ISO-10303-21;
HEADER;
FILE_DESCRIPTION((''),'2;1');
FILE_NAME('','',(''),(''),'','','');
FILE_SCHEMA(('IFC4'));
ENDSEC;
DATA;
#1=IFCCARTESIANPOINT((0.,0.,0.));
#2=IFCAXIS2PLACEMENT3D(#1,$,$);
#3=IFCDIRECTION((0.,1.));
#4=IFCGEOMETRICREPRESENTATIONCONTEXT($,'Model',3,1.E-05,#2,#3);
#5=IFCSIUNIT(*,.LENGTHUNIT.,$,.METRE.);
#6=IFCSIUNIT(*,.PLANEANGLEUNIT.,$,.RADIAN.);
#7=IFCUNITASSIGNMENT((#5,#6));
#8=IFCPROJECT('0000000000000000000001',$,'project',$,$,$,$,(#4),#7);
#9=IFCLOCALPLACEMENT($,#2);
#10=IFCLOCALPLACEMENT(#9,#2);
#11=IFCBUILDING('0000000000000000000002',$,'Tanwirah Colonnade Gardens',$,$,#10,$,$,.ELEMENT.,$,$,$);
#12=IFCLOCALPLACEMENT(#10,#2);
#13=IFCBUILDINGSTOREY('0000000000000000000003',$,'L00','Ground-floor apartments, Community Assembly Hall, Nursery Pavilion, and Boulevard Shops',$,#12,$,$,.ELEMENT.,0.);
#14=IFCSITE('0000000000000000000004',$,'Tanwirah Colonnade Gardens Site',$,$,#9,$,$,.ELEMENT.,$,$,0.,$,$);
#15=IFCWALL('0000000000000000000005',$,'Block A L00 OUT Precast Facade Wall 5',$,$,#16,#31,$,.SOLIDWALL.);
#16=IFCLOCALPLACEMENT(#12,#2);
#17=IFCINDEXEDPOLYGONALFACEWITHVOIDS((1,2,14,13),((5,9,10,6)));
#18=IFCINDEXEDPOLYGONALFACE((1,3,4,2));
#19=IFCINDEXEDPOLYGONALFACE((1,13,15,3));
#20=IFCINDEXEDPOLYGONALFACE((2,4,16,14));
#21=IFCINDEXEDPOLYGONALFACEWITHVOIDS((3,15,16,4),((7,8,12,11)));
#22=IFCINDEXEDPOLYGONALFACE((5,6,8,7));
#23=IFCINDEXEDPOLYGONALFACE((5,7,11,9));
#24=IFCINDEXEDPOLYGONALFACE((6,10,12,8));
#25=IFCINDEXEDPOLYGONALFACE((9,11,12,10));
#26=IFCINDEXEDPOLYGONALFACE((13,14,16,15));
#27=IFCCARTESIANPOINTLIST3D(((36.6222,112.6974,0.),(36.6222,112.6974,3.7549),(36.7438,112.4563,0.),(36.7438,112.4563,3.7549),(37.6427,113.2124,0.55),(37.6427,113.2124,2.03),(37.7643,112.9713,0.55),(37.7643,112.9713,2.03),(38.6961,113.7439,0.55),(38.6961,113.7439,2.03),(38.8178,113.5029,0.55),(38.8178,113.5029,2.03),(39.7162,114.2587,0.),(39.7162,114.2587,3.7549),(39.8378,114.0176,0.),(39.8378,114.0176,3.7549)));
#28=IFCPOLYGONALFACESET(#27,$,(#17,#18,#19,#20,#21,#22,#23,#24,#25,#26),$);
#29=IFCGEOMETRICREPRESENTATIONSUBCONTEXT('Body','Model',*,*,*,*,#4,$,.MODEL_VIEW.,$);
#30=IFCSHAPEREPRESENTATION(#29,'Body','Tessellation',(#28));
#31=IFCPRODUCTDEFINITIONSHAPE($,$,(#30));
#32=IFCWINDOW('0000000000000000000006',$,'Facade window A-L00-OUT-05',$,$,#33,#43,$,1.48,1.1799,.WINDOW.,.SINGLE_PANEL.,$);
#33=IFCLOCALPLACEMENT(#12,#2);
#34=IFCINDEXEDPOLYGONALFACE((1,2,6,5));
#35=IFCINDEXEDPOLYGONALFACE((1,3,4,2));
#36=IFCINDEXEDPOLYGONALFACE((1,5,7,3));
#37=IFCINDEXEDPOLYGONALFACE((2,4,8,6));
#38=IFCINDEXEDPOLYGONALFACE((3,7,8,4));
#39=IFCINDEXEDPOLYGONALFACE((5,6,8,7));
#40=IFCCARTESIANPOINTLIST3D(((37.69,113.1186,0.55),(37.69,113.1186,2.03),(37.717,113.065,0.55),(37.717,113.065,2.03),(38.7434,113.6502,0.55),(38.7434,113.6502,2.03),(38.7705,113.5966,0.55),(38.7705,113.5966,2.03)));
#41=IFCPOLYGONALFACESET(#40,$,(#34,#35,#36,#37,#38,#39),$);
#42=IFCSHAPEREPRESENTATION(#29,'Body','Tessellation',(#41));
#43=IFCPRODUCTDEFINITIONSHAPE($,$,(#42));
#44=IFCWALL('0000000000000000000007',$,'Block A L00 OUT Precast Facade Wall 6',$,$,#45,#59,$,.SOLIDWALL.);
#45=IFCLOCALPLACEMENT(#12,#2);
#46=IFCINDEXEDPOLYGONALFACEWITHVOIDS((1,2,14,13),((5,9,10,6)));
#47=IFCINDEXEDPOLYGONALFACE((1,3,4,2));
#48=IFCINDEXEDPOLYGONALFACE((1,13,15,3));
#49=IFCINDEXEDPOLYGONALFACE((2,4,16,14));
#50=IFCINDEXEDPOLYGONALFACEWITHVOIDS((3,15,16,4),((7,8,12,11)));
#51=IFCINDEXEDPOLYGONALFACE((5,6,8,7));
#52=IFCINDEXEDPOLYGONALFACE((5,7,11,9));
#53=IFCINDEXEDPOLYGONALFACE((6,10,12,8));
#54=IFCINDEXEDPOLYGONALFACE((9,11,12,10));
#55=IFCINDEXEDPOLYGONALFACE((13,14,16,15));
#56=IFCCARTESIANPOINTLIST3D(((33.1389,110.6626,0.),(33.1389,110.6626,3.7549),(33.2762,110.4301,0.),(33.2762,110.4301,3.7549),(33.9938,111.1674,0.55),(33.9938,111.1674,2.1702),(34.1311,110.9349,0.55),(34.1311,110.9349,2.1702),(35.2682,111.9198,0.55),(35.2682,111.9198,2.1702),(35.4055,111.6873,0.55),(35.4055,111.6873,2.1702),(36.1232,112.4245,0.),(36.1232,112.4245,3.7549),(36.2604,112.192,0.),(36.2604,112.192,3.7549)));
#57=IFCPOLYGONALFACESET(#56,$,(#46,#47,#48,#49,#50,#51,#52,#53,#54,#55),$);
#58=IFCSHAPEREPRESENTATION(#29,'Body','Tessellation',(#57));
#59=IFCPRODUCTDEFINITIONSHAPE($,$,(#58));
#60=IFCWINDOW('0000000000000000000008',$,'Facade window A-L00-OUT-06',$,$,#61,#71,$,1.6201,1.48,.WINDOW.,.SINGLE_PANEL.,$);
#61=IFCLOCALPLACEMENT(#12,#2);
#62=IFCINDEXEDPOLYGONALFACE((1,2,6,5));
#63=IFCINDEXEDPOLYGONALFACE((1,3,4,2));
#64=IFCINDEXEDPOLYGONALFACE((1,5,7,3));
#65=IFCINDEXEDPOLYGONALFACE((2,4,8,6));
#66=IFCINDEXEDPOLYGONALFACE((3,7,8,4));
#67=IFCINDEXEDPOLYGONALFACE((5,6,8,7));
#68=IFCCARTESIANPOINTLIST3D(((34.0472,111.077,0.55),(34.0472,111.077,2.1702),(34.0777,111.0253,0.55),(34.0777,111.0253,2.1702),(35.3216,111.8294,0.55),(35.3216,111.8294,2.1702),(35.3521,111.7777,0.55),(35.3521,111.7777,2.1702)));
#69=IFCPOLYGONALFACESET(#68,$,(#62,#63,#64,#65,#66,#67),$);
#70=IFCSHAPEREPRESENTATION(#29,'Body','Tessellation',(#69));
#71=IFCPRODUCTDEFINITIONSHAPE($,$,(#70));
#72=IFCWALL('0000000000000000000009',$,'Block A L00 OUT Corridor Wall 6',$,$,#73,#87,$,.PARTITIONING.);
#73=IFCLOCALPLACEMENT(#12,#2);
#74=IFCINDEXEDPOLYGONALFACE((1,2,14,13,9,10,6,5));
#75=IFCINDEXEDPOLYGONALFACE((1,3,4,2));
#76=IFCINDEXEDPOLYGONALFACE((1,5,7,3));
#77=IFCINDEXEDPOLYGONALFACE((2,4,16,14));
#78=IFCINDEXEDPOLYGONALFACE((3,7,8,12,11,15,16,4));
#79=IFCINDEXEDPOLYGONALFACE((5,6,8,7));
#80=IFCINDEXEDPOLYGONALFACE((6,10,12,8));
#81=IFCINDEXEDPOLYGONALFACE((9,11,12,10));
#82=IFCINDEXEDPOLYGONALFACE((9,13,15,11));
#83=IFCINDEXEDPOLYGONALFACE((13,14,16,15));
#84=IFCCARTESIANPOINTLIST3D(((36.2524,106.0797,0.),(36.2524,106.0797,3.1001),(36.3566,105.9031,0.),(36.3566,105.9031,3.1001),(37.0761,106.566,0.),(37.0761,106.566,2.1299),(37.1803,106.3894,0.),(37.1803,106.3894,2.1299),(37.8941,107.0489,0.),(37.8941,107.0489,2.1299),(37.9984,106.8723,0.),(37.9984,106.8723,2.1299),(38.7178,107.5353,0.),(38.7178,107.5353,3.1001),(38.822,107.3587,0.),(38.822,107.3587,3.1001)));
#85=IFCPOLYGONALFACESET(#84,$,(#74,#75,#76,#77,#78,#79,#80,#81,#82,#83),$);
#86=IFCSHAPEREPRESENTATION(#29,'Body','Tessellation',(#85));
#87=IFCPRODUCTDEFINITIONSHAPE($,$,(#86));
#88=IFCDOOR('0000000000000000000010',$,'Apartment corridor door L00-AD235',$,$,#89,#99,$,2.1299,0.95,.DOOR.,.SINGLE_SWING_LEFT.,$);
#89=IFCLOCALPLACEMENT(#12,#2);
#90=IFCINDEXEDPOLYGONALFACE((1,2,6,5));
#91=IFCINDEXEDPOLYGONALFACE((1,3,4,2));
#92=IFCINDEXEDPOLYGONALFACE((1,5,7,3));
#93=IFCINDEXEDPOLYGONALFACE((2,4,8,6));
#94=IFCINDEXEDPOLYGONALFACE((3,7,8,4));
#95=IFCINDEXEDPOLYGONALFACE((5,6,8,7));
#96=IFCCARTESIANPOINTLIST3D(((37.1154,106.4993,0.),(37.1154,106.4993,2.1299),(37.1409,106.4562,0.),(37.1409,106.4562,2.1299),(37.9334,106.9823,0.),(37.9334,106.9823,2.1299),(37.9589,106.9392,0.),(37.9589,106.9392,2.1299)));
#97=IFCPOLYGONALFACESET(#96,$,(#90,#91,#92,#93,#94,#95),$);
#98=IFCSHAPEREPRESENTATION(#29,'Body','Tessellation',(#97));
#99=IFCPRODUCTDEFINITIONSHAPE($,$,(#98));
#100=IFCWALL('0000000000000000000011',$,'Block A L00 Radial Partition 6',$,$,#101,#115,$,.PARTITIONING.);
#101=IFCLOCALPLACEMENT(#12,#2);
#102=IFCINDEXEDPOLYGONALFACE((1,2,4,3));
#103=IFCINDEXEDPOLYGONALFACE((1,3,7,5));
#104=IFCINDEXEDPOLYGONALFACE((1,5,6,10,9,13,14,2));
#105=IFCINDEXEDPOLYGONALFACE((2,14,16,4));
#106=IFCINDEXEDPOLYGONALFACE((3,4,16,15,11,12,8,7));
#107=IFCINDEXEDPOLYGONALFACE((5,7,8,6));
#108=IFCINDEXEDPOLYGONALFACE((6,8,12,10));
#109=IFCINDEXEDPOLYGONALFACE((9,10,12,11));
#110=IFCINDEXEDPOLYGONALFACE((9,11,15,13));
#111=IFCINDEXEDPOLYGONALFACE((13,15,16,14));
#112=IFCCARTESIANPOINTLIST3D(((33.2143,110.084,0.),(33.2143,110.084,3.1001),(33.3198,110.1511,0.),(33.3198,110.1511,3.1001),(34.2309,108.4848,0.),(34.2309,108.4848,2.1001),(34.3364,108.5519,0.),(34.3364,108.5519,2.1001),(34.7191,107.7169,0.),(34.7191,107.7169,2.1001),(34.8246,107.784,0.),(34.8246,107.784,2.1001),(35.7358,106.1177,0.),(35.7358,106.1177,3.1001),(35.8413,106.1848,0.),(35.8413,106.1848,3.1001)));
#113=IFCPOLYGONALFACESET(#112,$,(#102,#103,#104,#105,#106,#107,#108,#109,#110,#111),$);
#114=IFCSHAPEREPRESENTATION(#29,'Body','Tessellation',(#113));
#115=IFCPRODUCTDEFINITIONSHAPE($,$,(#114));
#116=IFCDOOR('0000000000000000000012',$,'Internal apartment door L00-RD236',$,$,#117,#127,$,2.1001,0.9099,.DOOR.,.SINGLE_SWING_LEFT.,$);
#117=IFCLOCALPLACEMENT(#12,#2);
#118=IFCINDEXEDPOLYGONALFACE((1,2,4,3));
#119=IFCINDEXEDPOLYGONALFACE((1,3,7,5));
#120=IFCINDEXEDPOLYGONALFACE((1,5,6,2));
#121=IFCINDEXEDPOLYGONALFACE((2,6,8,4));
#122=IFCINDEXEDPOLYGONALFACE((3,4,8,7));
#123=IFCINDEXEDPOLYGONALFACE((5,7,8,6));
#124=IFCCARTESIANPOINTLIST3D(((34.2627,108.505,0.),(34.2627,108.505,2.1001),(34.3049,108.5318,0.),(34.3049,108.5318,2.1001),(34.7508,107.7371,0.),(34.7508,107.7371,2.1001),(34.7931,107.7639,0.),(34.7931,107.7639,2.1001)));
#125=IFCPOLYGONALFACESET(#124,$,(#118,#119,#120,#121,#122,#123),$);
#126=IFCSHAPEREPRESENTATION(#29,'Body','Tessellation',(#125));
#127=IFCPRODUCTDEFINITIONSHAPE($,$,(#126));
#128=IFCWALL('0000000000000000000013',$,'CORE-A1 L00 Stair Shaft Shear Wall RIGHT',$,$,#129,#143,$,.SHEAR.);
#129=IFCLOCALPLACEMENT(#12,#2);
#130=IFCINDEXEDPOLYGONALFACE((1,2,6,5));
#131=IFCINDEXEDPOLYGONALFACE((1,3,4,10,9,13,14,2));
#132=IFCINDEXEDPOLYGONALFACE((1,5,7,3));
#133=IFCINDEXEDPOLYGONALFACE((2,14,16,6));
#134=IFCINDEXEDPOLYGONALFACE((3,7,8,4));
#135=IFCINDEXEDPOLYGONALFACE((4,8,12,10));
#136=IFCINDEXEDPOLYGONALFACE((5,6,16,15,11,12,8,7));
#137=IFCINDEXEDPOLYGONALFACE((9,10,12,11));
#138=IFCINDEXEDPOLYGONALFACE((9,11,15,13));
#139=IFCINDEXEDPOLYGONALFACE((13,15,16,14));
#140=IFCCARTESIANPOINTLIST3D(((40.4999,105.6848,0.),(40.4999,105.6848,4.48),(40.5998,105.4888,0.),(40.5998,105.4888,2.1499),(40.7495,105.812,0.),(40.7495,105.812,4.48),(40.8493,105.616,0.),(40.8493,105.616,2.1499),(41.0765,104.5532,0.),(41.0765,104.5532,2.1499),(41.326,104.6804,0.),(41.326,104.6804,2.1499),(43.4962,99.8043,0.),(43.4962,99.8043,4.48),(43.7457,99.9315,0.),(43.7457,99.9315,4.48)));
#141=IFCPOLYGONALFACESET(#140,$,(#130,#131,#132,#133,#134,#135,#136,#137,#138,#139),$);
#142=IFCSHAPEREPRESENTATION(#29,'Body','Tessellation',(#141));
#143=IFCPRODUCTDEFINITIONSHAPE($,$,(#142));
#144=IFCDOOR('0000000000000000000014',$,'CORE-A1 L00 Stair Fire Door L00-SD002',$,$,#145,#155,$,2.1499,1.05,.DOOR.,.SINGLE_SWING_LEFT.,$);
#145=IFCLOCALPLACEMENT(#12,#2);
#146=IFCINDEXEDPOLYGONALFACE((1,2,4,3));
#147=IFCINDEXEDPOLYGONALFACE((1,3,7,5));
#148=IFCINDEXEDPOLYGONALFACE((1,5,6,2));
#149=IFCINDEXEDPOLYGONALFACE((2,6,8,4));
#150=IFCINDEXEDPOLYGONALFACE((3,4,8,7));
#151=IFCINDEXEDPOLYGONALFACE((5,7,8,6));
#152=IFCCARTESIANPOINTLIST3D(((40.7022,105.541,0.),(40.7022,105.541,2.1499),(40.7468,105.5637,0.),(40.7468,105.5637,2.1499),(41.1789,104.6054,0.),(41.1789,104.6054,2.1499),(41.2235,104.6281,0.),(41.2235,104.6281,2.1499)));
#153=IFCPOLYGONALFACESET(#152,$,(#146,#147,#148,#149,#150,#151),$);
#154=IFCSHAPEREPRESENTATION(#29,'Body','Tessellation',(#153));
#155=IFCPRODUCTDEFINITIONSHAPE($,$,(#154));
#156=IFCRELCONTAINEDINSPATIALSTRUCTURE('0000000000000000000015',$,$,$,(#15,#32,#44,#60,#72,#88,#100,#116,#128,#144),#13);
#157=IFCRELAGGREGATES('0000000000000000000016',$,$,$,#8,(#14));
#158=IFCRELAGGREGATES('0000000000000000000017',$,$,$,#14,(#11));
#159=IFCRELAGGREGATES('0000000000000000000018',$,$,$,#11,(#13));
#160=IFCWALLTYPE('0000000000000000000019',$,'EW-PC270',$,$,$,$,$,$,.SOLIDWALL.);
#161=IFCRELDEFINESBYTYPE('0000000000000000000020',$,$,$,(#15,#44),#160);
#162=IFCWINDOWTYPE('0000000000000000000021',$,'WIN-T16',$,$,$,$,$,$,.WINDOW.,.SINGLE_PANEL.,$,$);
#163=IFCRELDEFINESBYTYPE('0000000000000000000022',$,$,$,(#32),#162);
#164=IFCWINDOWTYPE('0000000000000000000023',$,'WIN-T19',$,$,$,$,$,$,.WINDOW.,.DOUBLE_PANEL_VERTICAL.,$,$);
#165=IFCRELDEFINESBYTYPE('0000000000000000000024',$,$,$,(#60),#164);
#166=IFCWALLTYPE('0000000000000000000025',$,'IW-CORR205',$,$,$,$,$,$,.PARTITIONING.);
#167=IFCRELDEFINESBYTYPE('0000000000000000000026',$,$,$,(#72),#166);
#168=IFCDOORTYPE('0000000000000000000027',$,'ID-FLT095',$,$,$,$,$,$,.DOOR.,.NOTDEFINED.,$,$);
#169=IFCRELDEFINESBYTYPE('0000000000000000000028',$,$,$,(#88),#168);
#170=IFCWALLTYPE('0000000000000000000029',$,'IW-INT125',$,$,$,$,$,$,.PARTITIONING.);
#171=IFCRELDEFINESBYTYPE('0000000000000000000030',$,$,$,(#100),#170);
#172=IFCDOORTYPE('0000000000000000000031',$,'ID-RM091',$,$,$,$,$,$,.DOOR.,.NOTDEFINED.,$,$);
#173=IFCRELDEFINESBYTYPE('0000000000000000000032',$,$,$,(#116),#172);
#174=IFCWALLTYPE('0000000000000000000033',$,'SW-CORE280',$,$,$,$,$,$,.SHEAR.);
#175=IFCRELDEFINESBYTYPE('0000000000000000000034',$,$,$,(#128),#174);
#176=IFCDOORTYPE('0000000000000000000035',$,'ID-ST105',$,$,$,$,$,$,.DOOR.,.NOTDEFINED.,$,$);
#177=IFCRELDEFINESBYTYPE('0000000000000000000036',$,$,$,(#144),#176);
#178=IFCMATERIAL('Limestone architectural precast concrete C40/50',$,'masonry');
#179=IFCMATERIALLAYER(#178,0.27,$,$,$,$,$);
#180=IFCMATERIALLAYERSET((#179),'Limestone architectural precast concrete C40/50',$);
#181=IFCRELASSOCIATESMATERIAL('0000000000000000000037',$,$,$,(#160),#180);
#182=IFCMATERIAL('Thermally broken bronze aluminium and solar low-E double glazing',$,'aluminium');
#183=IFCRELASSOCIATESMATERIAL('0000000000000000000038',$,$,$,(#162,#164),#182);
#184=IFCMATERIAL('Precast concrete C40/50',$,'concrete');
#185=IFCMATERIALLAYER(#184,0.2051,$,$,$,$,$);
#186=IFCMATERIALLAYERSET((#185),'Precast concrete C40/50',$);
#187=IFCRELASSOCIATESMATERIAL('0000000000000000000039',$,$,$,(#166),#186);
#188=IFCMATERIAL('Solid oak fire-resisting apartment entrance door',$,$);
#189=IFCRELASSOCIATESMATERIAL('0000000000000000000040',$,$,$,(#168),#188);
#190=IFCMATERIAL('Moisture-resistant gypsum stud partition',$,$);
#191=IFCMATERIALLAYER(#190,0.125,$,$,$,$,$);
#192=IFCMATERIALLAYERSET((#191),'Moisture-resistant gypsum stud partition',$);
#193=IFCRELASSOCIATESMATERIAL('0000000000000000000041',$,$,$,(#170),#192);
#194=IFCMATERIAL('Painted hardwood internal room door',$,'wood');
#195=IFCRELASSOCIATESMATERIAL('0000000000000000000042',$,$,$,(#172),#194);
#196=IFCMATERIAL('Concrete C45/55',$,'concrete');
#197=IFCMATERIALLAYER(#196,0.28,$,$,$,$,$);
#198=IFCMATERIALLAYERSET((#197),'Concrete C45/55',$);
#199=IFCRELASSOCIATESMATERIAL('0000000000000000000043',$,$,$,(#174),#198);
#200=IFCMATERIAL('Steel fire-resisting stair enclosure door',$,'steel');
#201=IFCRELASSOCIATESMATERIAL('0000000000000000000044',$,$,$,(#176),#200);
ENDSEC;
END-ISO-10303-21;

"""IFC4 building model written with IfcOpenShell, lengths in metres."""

from ifc_helpers import new_model, si_unit, direction, frame, frame_2d, origin, place, context, subcontext, project, spatial, rectangle, extrude, material, layer, layer_set, type_object, element, fill, save


model = new_model("IFC4")

# Units and contexts
model_context = context("Model", 3, precision=1e-05, world=origin(), true_north=direction((0.0, 1.0)))
body_context = subcontext(model_context, "Body", "Model", "MODEL_VIEW")
ifc_project = project(units=[si_unit("LENGTHUNIT", "METRE"), si_unit("PLANEANGLEUNIT", "RADIAN")], contexts=[model_context])

# Site, building, storey
site_placement = place(None, origin())
site = spatial("IfcSite", under=ifc_project, at=site_placement, Name="Tanwirah Colonnade Gardens Site", CompositionType="ELEMENT", RefElevation=0.0)
building_placement = place(site_placement, origin())
building = spatial("IfcBuilding", under=site, at=building_placement, Name="Tanwirah Colonnade Gardens", CompositionType="ELEMENT")
storey_placement = place(building_placement, origin())
storey = spatial("IfcBuildingStorey", under=building, at=storey_placement, Name="L00", Description="Ground-floor apartments, Community Assembly Hall, Nursery Pavilion, and Boulevard Shops", CompositionType="ELEMENT", Elevation=0.0)

# Shared definitions
ifc_material_1 = material(Name="Precast concrete C40/50", Category="concrete")

# Walls, openings, windows
ifc_material_2 = material(Name="Limestone architectural precast concrete C40/50", Category="masonry")
ifc_layer_1 = layer(ifc_material_2, 0.27)
ifc_layer_set_1 = layer_set([ifc_layer_1], Name="Limestone architectural precast concrete C40/50")
wall_type_1 = type_object("IfcWallType", Name="EW-PC270", PredefinedType="SOLIDWALL", material=ifc_layer_set_1)
wall_1_placement = place(storey_placement, frame((39.7771, 114.1382, 0.0), z_axis=(0.0, 0.0, 1.0), x_axis=(-0.892773, -0.450507, 0.0)))
wall_1 = element("IfcWall", 1, at=wall_1_placement, inside=storey, type_object=wall_type_1, Name="Block A L00 OUT Precast Facade Wall 5", PredefinedType="SOLIDWALL", context=body_context, shape_type="SweptSolid", body=[
    extrude(rectangle(XDim=3.4656, YDim=0.27, at=frame_2d((1.7329, 0.0))), origin(), (0.0, 0.0, 1.0), 3.7549),
])
opening_1_placement = place(wall_1_placement, frame((1.1428, 0.0, 0.55)))
opening_1 = element("IfcOpeningElement", 2, at=opening_1_placement, cuts=wall_1, PredefinedType="OPENING", context=body_context, shape_type="SweptSolid", body=[
    extrude(rectangle(XDim=1.1799, YDim=1.48, at=frame_2d((0.5898, 0.74))), frame((0.0, 0.145, 0.0), z_axis=(0.0, -1.0, 0.0), x_axis=(1.0, 0.0, 0.0)), (0.0, 0.0, 1.0), 0.29),
])
ifc_material_3 = material(Name="Thermally broken bronze aluminium and solar low-E double glazing", Category="aluminium")
window_type_1 = type_object("IfcWindowType", Name="WIN-T16", PartitioningType="SINGLE_PANEL", PredefinedType="WINDOW", material=ifc_material_3)
window_1_placement = place(opening_1_placement, origin())
window_1 = element("IfcWindow", 3, at=window_1_placement, inside=storey, type_object=window_type_1, Name="Facade window A-L00-OUT-05", OverallHeight=1.48, OverallWidth=1.1799, PartitioningType="SINGLE_PANEL", PredefinedType="WINDOW", context=body_context, shape_type="SweptSolid", body=[
    extrude(rectangle(XDim=1.1799, YDim=1.48, at=frame_2d((0.5898, 0.74))), frame((0.0, 0.03, 0.0), z_axis=(0.0, -1.0, 0.0), x_axis=(1.0, 0.0, 0.0)), (0.0, 0.0, 1.0), 0.0601),
])
fill(opening_1, window_1)
wall_2_placement = place(storey_placement, frame((36.1919, 112.3083, 0.0), z_axis=(0.0, 0.0, 1.0), x_axis=(-0.86112, -0.508402, 0.0)))
wall_2 = element("IfcWall", 4, at=wall_2_placement, inside=storey, type_object=wall_type_1, Name="Block A L00 OUT Precast Facade Wall 6", PredefinedType="SOLIDWALL", context=body_context, shape_type="SweptSolid", body=[
    extrude(rectangle(XDim=3.4656, YDim=0.27, at=frame_2d((1.7329, 0.0))), origin(), (0.0, 0.0, 1.0), 3.7549),
])
opening_2_placement = place(wall_2_placement, frame((0.9929, 0.0, 0.55)))
opening_2 = element("IfcOpeningElement", 5, at=opening_2_placement, cuts=wall_2, PredefinedType="OPENING", context=body_context, shape_type="SweptSolid", body=[
    extrude(rectangle(XDim=1.48, YDim=1.6201, at=frame_2d((0.74, 0.8101))), frame((0.0, 0.145, 0.0), z_axis=(0.0, -1.0, 0.0), x_axis=(1.0, 0.0, 0.0)), (0.0, 0.0, 1.0), 0.29),
])
window_type_2 = type_object("IfcWindowType", Name="WIN-T19", PartitioningType="DOUBLE_PANEL_VERTICAL", PredefinedType="WINDOW", material=ifc_material_3)
window_2_placement = place(opening_2_placement, origin())
window_2 = element("IfcWindow", 6, at=window_2_placement, inside=storey, type_object=window_type_2, Name="Facade window A-L00-OUT-06", OverallHeight=1.6201, OverallWidth=1.48, PartitioningType="SINGLE_PANEL", PredefinedType="WINDOW", context=body_context, shape_type="SweptSolid", body=[
    extrude(rectangle(XDim=1.48, YDim=1.6201, at=frame_2d((0.74, 0.8101))), frame((0.0, 0.03, 0.0), z_axis=(0.0, -1.0, 0.0), x_axis=(1.0, 0.0, 0.0)), (0.0, 0.0, 1.0), 0.0601),
])
fill(opening_2, window_2)

# Walls, openings, doors
ifc_layer_2 = layer(ifc_material_1, 0.2051)
ifc_layer_set_2 = layer_set([ifc_layer_2], Name="Precast concrete C40/50")
wall_type_2 = type_object("IfcWallType", Name="IW-CORR205", PredefinedType="PARTITIONING", material=ifc_layer_set_2)
wall_3_placement = place(storey_placement, frame((38.77, 107.447, 0.0), z_axis=(0.0, 0.0, 1.0), x_axis=(-0.861113, -0.508413, 0.0)))
wall_3 = element("IfcWall", 7, at=wall_3_placement, inside=storey, type_object=wall_type_2, Name="Block A L00 OUT Corridor Wall 6", PredefinedType="PARTITIONING", context=body_context, shape_type="SweptSolid", body=[
    extrude(rectangle(XDim=2.863, YDim=0.2051, at=frame_2d((1.4316, 0.0))), origin(), (0.0, 0.0, 1.0), 3.1001),
])
opening_3_placement = place(wall_3_placement, frame((0.9565, 0.0, 0.0)))
opening_3 = element("IfcOpeningElement", 8, at=opening_3_placement, cuts=wall_3, PredefinedType="OPENING", context=body_context, shape_type="SweptSolid", body=[
    extrude(rectangle(XDim=0.95, YDim=2.1299, at=frame_2d((0.4751, 1.0649))), frame((0.0, 0.1125, 0.0), z_axis=(0.0, -1.0, 0.0), x_axis=(1.0, 0.0, 0.0)), (0.0, 0.0, 1.0), 0.2251),
])
ifc_material_4 = material(Name="Solid oak fire-resisting apartment entrance door")
door_type_1 = type_object("IfcDoorType", Name="ID-FLT095", OperationType="NOTDEFINED", PredefinedType="DOOR", material=ifc_material_4)
door_1_placement = place(opening_3_placement, origin())
door_1 = element("IfcDoor", 9, at=door_1_placement, inside=storey, type_object=door_type_1, Name="Apartment corridor door L00-AD235", OperationType="SINGLE_SWING_LEFT", OverallHeight=2.1299, OverallWidth=0.95, PredefinedType="DOOR", context=body_context, shape_type="SweptSolid", body=[
    extrude(rectangle(XDim=0.95, YDim=2.1299, at=frame_2d((0.4751, 1.0649))), frame((0.0, 0.0249, 0.0), z_axis=(0.0, -1.0, 0.0), x_axis=(1.0, 0.0, 0.0)), (0.0, 0.0, 1.0), 0.05),
])
fill(opening_3, door_1)
ifc_material_5 = material(Name="Moisture-resistant gypsum stud partition")
ifc_layer_3 = layer(ifc_material_5, 0.125)
ifc_layer_set_3 = layer_set([ifc_layer_3], Name="Moisture-resistant gypsum stud partition")
wall_type_3 = type_object("IfcWallType", Name="IW-INT125", PredefinedType="PARTITIONING", material=ifc_layer_set_3)
wall_4_placement = place(storey_placement, frame((35.7886, 106.1511, 0.0), z_axis=(0.0, 0.0, 1.0), x_axis=(-0.536492, 0.843905, 0.0)))
wall_4 = element("IfcWall", 10, at=wall_4_placement, inside=storey, type_object=wall_type_3, Name="Block A L00 Radial Partition 6", PredefinedType="PARTITIONING", context=body_context, shape_type="SweptSolid", body=[
    extrude(rectangle(XDim=4.7, YDim=0.125, at=frame_2d((2.3501, 0.0))), origin(), (0.0, 0.0, 1.0), 3.1001),
])
opening_4_placement = place(wall_4_placement, frame((1.895, 0.0, 0.0)))
opening_4 = element("IfcOpeningElement", 11, at=opening_4_placement, cuts=wall_4, PredefinedType="OPENING", context=body_context, shape_type="SweptSolid", body=[
    extrude(rectangle(XDim=0.9099, YDim=2.1001, at=frame_2d((0.4551, 1.05))), frame((0.0, 0.0725, 0.0), z_axis=(0.0, -1.0, 0.0), x_axis=(1.0, 0.0, 0.0)), (0.0, 0.0, 1.0), 0.145),
])
ifc_material_6 = material(Name="Painted hardwood internal room door", Category="wood")
door_type_2 = type_object("IfcDoorType", Name="ID-RM091", OperationType="NOTDEFINED", PredefinedType="DOOR", material=ifc_material_6)
door_2_placement = place(opening_4_placement, origin())
door_2 = element("IfcDoor", 12, at=door_2_placement, inside=storey, type_object=door_type_2, Name="Internal apartment door L00-RD236", OperationType="SINGLE_SWING_LEFT", OverallHeight=2.1001, OverallWidth=0.9099, PredefinedType="DOOR", context=body_context, shape_type="SweptSolid", body=[
    extrude(rectangle(XDim=0.9099, YDim=2.1001, at=frame_2d((0.4551, 1.05))), frame((0.0, 0.0249, 0.0), z_axis=(0.0, -1.0, 0.0), x_axis=(1.0, 0.0, 0.0)), (0.0, 0.0, 1.0), 0.05),
])
fill(opening_4, door_2)
ifc_material_7 = material(Name="Concrete C45/55", Category="concrete")
ifc_layer_4 = layer(ifc_material_7, 0.28)
ifc_layer_set_4 = layer_set([ifc_layer_4], Name="Concrete C45/55")
wall_type_4 = type_object("IfcWallType", Name="SW-CORE280", PredefinedType="SHEAR", material=ifc_layer_set_4)
wall_5_placement = place(storey_placement, frame((40.6248, 105.7483, 0.0), z_axis=(0.0, 0.0, 1.0), x_axis=(0.453992, -0.891006, 0.0)))
wall_5 = element("IfcWall", 13, at=wall_5_placement, inside=storey, type_object=wall_type_4, Name="CORE-A1 L00 Stair Shaft Shear Wall RIGHT", PredefinedType="SHEAR", context=body_context, shape_type="SweptSolid", body=[
    extrude(rectangle(XDim=6.5999, YDim=0.28, at=frame_2d((3.2998, 0.0))), origin(), (0.0, 0.0, 1.0), 4.48),
])
opening_5_placement = place(wall_5_placement, frame((0.22, 0.0, 0.0)))
opening_5 = element("IfcOpeningElement", 14, at=opening_5_placement, cuts=wall_5, PredefinedType="OPENING", context=body_context, shape_type="SweptSolid", body=[
    extrude(rectangle(XDim=1.05, YDim=2.1499, at=frame_2d((0.5249, 1.075))), frame((0.0, 0.1499, 0.0), z_axis=(0.0, -1.0, 0.0), x_axis=(1.0, 0.0, 0.0)), (0.0, 0.0, 1.0), 0.3),
])
ifc_material_8 = material(Name="Steel fire-resisting stair enclosure door", Category="steel")
door_type_3 = type_object("IfcDoorType", Name="ID-ST105", OperationType="NOTDEFINED", PredefinedType="DOOR", material=ifc_material_8)
door_3_placement = place(opening_5_placement, origin())
door_3 = element("IfcDoor", 15, at=door_3_placement, inside=storey, type_object=door_type_3, Name="CORE-A1 L00 Stair Fire Door L00-SD002", OperationType="SINGLE_SWING_LEFT", OverallHeight=2.1499, OverallWidth=1.05, PredefinedType="DOOR", context=body_context, shape_type="SweptSolid", body=[
    extrude(rectangle(XDim=1.05, YDim=2.1499, at=frame_2d((0.5249, 1.075))), frame((0.0, 0.0249, 0.0), z_axis=(0.0, -1.0, 0.0), x_axis=(1.0, 0.0, 0.0)), (0.0, 0.0, 1.0), 0.05),
])
fill(opening_5, door_3)

save(model, "model.ifc")
